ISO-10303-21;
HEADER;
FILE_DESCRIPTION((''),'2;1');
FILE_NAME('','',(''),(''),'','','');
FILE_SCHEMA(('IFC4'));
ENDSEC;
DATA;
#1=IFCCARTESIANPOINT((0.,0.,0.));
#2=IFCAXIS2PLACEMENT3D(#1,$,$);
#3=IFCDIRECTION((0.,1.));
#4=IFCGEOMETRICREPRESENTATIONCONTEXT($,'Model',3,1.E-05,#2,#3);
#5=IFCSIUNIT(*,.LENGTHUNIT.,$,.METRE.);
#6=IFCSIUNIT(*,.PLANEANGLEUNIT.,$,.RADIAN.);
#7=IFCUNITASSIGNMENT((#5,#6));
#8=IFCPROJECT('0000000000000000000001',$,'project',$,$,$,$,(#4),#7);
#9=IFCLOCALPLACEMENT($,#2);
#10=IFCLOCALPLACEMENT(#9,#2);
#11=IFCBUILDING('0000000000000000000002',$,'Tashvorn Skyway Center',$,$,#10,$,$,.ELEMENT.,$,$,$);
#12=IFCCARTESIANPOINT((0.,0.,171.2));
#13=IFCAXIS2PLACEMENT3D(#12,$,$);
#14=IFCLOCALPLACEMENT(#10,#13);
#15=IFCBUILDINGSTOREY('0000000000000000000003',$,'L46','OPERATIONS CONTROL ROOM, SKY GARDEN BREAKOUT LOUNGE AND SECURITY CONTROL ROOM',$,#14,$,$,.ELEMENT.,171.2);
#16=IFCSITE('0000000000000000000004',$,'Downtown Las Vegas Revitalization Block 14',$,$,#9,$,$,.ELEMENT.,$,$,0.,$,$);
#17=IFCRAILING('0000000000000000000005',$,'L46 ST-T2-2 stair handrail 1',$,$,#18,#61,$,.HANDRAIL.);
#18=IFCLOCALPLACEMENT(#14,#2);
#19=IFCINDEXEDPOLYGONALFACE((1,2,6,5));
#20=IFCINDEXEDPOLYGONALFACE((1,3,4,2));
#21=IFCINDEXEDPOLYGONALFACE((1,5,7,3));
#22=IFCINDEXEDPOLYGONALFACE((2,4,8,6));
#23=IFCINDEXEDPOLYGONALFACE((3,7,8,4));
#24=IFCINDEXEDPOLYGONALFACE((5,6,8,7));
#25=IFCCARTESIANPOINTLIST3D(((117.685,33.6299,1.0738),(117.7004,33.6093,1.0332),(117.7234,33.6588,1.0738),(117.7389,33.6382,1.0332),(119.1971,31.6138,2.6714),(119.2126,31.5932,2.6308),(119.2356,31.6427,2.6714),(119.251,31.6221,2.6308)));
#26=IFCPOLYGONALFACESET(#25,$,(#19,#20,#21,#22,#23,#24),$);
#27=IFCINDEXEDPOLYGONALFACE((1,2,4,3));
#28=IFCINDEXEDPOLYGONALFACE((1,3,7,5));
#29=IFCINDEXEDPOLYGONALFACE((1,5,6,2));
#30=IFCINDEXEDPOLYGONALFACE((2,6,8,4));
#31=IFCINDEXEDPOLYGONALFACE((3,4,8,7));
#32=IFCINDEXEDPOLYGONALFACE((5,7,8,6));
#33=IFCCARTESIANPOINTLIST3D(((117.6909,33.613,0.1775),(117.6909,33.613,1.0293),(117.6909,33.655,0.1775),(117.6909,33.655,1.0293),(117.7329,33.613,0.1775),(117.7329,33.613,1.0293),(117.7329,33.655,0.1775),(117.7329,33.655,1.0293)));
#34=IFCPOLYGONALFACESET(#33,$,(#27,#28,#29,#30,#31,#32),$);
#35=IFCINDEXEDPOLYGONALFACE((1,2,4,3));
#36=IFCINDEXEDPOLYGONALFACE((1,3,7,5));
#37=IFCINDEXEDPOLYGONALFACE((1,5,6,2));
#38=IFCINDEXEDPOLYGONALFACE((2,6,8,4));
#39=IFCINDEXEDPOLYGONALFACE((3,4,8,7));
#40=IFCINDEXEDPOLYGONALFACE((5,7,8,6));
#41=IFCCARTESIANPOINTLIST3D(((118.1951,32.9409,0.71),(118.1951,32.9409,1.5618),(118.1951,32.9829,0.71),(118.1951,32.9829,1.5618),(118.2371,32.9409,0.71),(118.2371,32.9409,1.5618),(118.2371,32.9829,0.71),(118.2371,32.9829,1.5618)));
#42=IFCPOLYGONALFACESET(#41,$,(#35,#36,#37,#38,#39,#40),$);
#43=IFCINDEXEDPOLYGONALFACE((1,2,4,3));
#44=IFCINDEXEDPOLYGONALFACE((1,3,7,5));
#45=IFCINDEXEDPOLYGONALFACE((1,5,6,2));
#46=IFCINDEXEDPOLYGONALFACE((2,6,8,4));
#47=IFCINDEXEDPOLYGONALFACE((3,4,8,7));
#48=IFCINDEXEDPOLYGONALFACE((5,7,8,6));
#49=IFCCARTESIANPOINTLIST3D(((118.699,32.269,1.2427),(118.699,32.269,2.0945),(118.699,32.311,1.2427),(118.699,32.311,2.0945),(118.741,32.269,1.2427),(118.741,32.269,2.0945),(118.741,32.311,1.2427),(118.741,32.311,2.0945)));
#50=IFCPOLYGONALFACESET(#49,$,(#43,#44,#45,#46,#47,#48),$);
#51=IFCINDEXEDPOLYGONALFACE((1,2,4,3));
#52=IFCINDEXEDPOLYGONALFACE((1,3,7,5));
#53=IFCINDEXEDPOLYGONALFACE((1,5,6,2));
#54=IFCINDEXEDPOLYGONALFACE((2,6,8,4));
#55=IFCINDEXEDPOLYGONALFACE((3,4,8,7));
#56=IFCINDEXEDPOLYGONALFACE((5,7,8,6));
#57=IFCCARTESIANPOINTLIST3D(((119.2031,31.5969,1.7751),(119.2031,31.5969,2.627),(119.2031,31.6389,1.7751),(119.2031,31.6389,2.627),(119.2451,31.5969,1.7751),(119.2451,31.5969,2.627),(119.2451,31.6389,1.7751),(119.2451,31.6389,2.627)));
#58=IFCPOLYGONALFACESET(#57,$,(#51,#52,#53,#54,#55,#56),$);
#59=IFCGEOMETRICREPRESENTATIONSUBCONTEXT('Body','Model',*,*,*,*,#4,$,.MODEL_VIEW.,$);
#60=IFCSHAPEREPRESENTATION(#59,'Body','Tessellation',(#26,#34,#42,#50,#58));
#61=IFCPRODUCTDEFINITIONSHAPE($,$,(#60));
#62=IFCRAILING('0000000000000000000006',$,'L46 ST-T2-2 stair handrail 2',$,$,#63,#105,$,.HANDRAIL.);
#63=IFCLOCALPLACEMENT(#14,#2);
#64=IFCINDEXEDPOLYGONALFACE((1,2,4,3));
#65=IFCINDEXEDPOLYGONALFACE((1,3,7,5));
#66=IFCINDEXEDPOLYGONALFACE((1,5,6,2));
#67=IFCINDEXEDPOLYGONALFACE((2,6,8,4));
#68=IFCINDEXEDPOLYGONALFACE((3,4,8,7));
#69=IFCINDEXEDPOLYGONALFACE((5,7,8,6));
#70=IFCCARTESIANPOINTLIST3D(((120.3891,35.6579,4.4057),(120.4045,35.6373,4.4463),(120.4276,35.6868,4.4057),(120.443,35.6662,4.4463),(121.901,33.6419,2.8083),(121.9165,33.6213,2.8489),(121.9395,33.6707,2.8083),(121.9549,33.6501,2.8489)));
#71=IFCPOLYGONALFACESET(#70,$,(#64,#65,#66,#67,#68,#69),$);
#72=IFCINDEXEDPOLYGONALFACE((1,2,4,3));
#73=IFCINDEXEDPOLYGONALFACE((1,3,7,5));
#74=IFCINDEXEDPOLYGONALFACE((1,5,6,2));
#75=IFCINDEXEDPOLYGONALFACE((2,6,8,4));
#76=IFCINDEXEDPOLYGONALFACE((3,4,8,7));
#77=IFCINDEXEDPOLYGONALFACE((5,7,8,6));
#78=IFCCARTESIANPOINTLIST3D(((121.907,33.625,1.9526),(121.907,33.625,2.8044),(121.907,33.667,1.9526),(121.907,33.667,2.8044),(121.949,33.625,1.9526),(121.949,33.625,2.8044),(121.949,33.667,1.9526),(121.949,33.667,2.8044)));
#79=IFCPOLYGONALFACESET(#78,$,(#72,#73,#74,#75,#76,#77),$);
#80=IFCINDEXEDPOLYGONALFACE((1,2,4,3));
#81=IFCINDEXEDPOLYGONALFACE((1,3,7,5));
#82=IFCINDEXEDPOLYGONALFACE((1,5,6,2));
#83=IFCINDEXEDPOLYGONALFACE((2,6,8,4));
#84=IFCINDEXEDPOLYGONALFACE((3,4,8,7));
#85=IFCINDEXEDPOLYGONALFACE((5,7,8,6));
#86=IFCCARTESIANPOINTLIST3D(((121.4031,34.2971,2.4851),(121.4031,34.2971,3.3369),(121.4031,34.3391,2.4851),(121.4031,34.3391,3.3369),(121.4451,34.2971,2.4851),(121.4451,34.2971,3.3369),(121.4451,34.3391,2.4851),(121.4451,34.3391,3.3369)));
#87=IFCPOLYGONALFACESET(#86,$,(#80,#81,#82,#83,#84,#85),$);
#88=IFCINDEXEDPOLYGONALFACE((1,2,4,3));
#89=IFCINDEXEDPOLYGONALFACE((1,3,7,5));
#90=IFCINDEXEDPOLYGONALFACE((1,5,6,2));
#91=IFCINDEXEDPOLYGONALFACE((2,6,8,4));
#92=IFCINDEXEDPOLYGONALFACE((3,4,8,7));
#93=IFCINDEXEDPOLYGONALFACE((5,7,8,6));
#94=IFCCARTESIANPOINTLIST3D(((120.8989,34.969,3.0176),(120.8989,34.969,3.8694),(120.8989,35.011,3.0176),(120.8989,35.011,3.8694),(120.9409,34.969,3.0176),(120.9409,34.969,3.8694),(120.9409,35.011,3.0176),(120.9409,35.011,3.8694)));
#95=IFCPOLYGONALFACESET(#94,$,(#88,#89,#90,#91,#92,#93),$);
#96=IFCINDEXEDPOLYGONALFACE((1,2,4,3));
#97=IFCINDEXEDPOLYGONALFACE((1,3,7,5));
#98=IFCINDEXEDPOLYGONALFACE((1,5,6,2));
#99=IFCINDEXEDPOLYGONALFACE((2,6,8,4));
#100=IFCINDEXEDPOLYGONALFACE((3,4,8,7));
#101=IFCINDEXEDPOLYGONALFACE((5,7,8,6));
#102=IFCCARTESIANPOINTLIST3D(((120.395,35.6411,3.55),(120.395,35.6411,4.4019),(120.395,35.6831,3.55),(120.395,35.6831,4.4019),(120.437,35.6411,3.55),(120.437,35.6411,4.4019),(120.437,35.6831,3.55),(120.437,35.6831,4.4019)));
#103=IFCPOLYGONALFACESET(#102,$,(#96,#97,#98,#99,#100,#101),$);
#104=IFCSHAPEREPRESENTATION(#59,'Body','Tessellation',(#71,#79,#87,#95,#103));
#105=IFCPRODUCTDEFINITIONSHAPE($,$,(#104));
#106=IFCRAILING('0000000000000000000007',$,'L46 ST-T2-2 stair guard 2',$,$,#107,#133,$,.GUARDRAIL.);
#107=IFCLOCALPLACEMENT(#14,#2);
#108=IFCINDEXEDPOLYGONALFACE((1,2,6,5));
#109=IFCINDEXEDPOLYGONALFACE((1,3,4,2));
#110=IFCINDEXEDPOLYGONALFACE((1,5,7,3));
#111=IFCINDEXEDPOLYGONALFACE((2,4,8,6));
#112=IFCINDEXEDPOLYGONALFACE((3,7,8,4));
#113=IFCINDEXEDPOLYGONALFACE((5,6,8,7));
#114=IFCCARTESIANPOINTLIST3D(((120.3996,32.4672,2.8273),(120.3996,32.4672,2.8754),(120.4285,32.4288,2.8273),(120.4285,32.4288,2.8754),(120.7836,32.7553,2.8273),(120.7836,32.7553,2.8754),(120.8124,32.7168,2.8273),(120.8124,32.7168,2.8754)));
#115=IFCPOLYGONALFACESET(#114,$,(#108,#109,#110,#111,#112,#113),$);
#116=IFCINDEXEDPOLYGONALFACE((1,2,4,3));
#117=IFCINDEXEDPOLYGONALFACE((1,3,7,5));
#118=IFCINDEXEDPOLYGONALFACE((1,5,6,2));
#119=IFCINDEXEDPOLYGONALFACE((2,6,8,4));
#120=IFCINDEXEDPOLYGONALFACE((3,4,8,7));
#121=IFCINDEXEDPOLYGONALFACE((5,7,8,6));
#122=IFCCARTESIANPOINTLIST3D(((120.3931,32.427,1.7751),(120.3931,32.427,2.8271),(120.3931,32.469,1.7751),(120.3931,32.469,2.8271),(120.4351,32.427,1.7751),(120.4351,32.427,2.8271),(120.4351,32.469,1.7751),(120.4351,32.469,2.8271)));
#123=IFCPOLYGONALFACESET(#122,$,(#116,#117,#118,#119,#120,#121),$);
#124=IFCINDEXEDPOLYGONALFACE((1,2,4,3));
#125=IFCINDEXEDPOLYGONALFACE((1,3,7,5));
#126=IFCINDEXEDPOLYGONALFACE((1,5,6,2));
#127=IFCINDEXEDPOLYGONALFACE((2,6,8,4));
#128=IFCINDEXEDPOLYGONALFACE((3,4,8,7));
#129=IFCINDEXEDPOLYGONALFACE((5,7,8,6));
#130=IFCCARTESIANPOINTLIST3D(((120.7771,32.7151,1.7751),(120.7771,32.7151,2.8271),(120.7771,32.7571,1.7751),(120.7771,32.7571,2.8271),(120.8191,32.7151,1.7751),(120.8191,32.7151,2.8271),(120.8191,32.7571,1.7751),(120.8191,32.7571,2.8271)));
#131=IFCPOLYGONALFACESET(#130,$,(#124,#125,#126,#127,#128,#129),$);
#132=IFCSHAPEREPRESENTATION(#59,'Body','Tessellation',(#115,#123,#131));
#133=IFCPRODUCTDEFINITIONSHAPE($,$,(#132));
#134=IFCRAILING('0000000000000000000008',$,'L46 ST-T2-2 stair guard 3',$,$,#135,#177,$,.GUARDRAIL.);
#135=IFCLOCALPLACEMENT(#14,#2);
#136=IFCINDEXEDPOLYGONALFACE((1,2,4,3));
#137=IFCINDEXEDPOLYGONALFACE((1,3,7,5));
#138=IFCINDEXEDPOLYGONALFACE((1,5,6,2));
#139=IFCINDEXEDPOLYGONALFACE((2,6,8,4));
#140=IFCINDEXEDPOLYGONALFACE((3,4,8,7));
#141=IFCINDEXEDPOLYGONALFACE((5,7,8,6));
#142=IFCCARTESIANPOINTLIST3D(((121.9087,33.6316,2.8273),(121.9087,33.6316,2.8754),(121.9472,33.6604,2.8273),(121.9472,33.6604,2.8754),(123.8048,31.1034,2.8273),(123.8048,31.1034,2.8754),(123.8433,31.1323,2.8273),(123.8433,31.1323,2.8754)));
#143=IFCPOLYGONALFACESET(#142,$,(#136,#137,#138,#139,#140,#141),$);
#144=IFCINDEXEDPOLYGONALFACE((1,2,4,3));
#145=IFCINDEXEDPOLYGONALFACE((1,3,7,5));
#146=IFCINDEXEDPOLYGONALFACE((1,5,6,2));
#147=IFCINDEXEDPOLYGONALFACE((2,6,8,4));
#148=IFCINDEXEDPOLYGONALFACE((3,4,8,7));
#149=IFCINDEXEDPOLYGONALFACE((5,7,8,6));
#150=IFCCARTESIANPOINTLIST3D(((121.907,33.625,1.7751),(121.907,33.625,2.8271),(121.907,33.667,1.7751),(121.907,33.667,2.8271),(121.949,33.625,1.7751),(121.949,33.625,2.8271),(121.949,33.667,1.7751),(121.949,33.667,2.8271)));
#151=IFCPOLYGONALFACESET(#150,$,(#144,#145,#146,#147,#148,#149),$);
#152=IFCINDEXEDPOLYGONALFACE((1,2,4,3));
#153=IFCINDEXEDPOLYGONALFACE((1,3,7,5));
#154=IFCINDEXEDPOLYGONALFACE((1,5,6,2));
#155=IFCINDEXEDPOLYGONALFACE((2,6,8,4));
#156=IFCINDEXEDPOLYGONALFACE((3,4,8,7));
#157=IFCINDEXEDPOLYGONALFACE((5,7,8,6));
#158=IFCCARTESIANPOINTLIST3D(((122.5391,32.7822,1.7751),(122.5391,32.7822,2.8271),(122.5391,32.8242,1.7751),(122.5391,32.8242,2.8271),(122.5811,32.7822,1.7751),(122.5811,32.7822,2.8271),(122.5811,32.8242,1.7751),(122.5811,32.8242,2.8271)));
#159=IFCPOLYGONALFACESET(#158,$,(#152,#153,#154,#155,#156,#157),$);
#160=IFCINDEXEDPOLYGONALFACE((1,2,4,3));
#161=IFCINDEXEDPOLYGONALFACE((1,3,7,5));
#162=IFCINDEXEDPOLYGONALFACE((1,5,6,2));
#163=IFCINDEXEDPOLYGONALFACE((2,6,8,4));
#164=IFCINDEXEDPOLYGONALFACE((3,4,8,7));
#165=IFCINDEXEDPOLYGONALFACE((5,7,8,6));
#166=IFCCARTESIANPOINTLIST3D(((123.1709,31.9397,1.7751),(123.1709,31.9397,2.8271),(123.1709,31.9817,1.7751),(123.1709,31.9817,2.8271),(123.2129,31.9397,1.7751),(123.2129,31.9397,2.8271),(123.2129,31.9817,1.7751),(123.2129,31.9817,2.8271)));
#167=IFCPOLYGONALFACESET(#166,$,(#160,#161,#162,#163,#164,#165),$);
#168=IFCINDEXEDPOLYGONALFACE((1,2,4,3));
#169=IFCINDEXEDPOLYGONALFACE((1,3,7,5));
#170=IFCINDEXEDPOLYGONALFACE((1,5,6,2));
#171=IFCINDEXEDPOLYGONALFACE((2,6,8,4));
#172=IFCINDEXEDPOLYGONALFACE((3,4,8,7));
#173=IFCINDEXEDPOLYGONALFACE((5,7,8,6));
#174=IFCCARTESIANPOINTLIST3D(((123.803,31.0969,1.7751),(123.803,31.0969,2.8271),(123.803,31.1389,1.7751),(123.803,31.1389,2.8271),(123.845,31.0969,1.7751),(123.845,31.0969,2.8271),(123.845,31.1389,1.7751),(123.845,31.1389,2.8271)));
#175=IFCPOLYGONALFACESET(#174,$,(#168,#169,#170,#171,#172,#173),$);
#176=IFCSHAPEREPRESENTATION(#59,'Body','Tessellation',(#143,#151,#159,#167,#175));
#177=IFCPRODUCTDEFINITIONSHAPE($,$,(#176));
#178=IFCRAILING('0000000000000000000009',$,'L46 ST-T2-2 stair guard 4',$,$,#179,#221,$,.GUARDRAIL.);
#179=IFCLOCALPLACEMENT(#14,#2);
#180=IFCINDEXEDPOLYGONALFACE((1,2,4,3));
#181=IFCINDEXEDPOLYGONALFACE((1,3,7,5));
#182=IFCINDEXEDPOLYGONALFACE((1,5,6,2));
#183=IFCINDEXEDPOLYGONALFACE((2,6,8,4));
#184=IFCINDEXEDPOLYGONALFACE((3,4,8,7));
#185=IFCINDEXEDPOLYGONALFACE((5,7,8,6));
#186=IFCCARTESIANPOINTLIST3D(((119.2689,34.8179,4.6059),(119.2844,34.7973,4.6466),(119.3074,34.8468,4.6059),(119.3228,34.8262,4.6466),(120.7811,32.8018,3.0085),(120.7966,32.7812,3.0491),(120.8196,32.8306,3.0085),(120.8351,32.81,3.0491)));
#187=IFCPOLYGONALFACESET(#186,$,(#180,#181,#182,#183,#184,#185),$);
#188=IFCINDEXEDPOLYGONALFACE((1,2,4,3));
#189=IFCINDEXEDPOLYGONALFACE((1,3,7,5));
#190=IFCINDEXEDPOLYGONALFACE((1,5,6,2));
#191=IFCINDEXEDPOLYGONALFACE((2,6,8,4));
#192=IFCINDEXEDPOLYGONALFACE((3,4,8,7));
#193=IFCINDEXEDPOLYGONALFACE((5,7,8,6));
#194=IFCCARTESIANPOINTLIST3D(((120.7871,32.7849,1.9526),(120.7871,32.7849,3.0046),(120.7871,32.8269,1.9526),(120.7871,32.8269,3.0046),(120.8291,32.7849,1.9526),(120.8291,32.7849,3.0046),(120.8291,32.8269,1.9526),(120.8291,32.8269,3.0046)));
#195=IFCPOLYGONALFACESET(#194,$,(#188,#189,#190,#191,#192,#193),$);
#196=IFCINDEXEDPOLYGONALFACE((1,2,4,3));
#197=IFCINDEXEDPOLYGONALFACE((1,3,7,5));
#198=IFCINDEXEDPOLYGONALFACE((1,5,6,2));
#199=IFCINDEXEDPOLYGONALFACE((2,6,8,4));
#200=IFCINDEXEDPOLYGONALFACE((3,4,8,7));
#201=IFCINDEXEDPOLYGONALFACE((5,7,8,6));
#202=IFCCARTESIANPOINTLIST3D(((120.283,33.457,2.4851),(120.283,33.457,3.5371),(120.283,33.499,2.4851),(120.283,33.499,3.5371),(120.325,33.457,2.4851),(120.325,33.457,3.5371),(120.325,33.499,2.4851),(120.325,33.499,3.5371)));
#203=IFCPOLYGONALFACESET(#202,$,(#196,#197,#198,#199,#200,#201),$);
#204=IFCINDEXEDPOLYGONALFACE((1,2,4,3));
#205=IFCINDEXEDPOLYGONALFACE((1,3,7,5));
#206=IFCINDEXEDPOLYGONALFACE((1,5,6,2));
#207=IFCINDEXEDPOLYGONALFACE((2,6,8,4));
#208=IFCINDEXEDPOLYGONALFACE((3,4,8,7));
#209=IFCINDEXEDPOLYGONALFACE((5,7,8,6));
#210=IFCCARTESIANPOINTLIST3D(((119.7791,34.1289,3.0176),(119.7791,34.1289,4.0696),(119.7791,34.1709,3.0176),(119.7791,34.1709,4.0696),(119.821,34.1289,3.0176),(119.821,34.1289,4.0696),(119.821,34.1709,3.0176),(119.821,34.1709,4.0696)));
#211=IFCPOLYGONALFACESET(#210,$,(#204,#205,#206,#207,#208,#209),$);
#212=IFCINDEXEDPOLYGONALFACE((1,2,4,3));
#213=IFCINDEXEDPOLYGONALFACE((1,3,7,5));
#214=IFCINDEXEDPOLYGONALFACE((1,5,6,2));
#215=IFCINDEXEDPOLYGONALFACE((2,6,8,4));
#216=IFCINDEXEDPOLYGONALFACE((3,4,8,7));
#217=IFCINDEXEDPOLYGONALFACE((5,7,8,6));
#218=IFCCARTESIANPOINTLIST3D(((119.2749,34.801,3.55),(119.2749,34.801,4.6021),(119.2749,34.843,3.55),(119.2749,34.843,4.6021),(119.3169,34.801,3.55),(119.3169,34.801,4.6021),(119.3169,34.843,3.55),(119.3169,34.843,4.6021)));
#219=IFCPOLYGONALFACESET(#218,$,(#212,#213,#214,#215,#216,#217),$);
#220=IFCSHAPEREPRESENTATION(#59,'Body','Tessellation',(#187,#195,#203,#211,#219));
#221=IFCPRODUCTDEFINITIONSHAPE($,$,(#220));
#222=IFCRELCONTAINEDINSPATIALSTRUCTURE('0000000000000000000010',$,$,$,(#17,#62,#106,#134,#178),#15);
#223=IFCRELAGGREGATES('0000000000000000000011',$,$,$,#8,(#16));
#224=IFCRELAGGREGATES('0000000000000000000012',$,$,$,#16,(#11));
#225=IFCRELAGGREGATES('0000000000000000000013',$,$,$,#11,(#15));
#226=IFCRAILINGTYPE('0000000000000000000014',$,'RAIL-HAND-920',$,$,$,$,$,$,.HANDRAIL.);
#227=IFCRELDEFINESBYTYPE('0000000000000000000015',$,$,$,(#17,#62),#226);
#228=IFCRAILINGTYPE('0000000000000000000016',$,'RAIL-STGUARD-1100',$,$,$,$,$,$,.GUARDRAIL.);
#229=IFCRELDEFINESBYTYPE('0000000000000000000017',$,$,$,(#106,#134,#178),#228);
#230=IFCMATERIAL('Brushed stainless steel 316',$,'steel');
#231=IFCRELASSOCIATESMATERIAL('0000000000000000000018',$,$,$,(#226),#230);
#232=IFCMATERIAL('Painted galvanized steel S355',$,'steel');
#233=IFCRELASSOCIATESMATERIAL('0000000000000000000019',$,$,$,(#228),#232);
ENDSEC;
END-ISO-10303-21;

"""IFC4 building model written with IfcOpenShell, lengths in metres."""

from ifc_helpers import new_model, si_unit, direction, frame, origin, origin_2d, place, context, subcontext, project, spatial, rectangle, extrude, material, type_object, element, save


model = new_model("IFC4")

# Units and contexts
model_context = context("Model", 3, precision=1e-05, world=origin(), true_north=direction((0.0, 1.0)))
body_context = subcontext(model_context, "Body", "Model", "MODEL_VIEW")
ifc_project = project(units=[si_unit("LENGTHUNIT", "METRE"), si_unit("PLANEANGLEUNIT", "RADIAN")], contexts=[model_context])

# Site, building, storey
site_placement = place(None, origin())
site = spatial("IfcSite", under=ifc_project, at=site_placement, Name="Downtown Las Vegas Revitalization Block 14", CompositionType="ELEMENT", RefElevation=0.0)
building_placement = place(site_placement, origin())
building = spatial("IfcBuilding", under=site, at=building_placement, Name="Tashvorn Skyway Center", CompositionType="ELEMENT")
storey_placement = place(building_placement, frame((0.0, 0.0, 171.2)))
storey = spatial("IfcBuildingStorey", under=building, at=storey_placement, Name="L46", Description="OPERATIONS CONTROL ROOM, SKY GARDEN BREAKOUT LOUNGE AND SECURITY CONTROL ROOM", CompositionType="ELEMENT", Elevation=171.2)

# Railings
ifc_material_1 = material(Name="Brushed stainless steel 316", Category="steel")
railing_type_1 = type_object("IfcRailingType", Name="RAIL-HAND-920", PredefinedType="HANDRAIL", material=ifc_material_1)
railing_1_placement = place(storey_placement, frame((117.7119, 33.634, 0.1775)))
element("IfcRailing", 1, at=railing_1_placement, inside=storey, type_object=railing_type_1, Name="L46 ST-T2-2 stair handrail 1", PredefinedType="HANDRAIL", context=body_context, shape_type="SweptSolid", body=[
    extrude(rectangle(XDim=0.0481, YDim=0.0481, at=origin_2d()), frame((0.0, 0.0, 0.876), z_axis=(0.506779, -0.675651, 0.535416), x_axis=(0.799977, 0.600031, 0.0)), (0.0, 0.0, 1.0), 2.9839),
    extrude(rectangle(XDim=0.042, YDim=0.042, at=origin_2d()), origin(), (0.0, 0.0, 1.0), 0.8518),
    extrude(rectangle(XDim=0.042, YDim=0.042, at=origin_2d()), frame((0.5042, -0.6721, 0.5325)), (0.0, 0.0, 1.0), 0.8518),
    extrude(rectangle(XDim=0.042, YDim=0.042, at=origin_2d()), frame((1.0081, -1.344, 1.0652)), (0.0, 0.0, 1.0), 0.8518),
    extrude(rectangle(XDim=0.042, YDim=0.042, at=origin_2d()), frame((1.5122, -2.0161, 1.5977)), (0.0, 0.0, 1.0), 0.8518),
])
railing_2_placement = place(storey_placement, frame((121.928, 33.646, 1.9526)))
element("IfcRailing", 2, at=railing_2_placement, inside=storey, type_object=railing_type_1, Name="L46 ST-T2-2 stair handrail 2", PredefinedType="HANDRAIL", context=body_context, shape_type="SweptSolid", body=[
    extrude(rectangle(XDim=0.0481, YDim=0.0481, at=origin_2d()), frame((0.0, 0.0, 0.876), z_axis=(-0.506741, 0.675709, 0.535379), x_axis=(-0.800023, -0.599969, 0.0)), (0.0, 0.0, 1.0), 2.9836),
    extrude(rectangle(XDim=0.042, YDim=0.042, at=origin_2d()), origin(), (0.0, 0.0, 1.0), 0.8518),
    extrude(rectangle(XDim=0.042, YDim=0.042, at=origin_2d()), frame((-0.5039, 0.6721, 0.5325)), (0.0, 0.0, 1.0), 0.8518),
    extrude(rectangle(XDim=0.042, YDim=0.042, at=origin_2d()), frame((-1.0081, 1.344, 1.0649)), (0.0, 0.0, 1.0), 0.8518),
    extrude(rectangle(XDim=0.042, YDim=0.042, at=origin_2d()), frame((-1.512, 2.0161, 1.5974)), (0.0, 0.0, 1.0), 0.8518),
])
ifc_material_2 = material(Name="Painted galvanized steel S355", Category="steel")
railing_type_2 = type_object("IfcRailingType", Name="RAIL-STGUARD-1100", PredefinedType="GUARDRAIL", material=ifc_material_2)
railing_3_placement = place(storey_placement, frame((120.4141, 32.448, 1.7751)))
element("IfcRailing", 3, at=railing_3_placement, inside=storey, type_object=railing_type_2, Name="L46 ST-T2-2 stair guard 2", PredefinedType="GUARDRAIL", context=body_context, shape_type="SweptSolid", body=[
    extrude(rectangle(XDim=0.0481, YDim=0.0481, at=origin_2d()), frame((0.0, 0.0, 1.0762), z_axis=(0.799939, 0.600081, 0.0), x_axis=(-0.600081, 0.799939, 0.0)), (0.0, 0.0, 1.0), 0.48),
    extrude(rectangle(XDim=0.042, YDim=0.042, at=origin_2d()), origin(), (0.0, 0.0, 1.0), 1.052),
    extrude(rectangle(XDim=0.042, YDim=0.042, at=origin_2d()), frame((0.384, 0.2881, 0.0)), (0.0, 0.0, 1.0), 1.052),
])
railing_4_placement = place(storey_placement, frame((121.928, 33.646, 1.7751)))
element("IfcRailing", 4, at=railing_4_placement, inside=storey, type_object=railing_type_2, Name="L46 ST-T2-2 stair guard 3", PredefinedType="GUARDRAIL", context=body_context, shape_type="SweptSolid", body=[
    extrude(rectangle(XDim=0.0481, YDim=0.0481, at=origin_2d()), frame((0.0, 0.0, 1.0762), z_axis=(0.599988, -0.800009, 0.0), x_axis=(0.800009, 0.599988, 0.0)), (0.0, 0.0, 1.0), 3.1602),
    extrude(rectangle(XDim=0.042, YDim=0.042, at=origin_2d()), origin(), (0.0, 0.0, 1.0), 1.052),
    extrude(rectangle(XDim=0.042, YDim=0.042, at=origin_2d()), frame((0.6321, -0.8428, 0.0)), (0.0, 0.0, 1.0), 1.052),
    extrude(rectangle(XDim=0.042, YDim=0.042, at=origin_2d()), frame((1.2639, -1.6853, 0.0)), (0.0, 0.0, 1.0), 1.052),
    extrude(rectangle(XDim=0.042, YDim=0.042, at=origin_2d()), frame((1.896, -2.5281, 0.0)), (0.0, 0.0, 1.0), 1.052),
])
railing_5_placement = place(storey_placement, frame((120.8081, 32.8059, 1.9526)))
element("IfcRailing", 5, at=railing_5_placement, inside=storey, type_object=railing_type_2, Name="L46 ST-T2-2 stair guard 4", PredefinedType="GUARDRAIL", context=body_context, shape_type="SweptSolid", body=[
    extrude(rectangle(XDim=0.0481, YDim=0.0481, at=origin_2d()), frame((0.0, 0.0, 1.0762), z_axis=(-0.506802, 0.675681, 0.535357), x_axis=(-0.799977, -0.600031, 0.0)), (0.0, 0.0, 1.0), 2.9839),
    extrude(rectangle(XDim=0.042, YDim=0.042, at=origin_2d()), origin(), (0.0, 0.0, 1.0), 1.052),
    extrude(rectangle(XDim=0.042, YDim=0.042, at=origin_2d()), frame((-0.5042, 0.6721, 0.5325)), (0.0, 0.0, 1.0), 1.052),
    extrude(rectangle(XDim=0.042, YDim=0.042, at=origin_2d()), frame((-1.0081, 1.344, 1.0649)), (0.0, 0.0, 1.0), 1.052),
    extrude(rectangle(XDim=0.042, YDim=0.042, at=origin_2d()), frame((-1.5122, 2.0161, 1.5974)), (0.0, 0.0, 1.0), 1.052),
])

save(model, "model.ifc")
